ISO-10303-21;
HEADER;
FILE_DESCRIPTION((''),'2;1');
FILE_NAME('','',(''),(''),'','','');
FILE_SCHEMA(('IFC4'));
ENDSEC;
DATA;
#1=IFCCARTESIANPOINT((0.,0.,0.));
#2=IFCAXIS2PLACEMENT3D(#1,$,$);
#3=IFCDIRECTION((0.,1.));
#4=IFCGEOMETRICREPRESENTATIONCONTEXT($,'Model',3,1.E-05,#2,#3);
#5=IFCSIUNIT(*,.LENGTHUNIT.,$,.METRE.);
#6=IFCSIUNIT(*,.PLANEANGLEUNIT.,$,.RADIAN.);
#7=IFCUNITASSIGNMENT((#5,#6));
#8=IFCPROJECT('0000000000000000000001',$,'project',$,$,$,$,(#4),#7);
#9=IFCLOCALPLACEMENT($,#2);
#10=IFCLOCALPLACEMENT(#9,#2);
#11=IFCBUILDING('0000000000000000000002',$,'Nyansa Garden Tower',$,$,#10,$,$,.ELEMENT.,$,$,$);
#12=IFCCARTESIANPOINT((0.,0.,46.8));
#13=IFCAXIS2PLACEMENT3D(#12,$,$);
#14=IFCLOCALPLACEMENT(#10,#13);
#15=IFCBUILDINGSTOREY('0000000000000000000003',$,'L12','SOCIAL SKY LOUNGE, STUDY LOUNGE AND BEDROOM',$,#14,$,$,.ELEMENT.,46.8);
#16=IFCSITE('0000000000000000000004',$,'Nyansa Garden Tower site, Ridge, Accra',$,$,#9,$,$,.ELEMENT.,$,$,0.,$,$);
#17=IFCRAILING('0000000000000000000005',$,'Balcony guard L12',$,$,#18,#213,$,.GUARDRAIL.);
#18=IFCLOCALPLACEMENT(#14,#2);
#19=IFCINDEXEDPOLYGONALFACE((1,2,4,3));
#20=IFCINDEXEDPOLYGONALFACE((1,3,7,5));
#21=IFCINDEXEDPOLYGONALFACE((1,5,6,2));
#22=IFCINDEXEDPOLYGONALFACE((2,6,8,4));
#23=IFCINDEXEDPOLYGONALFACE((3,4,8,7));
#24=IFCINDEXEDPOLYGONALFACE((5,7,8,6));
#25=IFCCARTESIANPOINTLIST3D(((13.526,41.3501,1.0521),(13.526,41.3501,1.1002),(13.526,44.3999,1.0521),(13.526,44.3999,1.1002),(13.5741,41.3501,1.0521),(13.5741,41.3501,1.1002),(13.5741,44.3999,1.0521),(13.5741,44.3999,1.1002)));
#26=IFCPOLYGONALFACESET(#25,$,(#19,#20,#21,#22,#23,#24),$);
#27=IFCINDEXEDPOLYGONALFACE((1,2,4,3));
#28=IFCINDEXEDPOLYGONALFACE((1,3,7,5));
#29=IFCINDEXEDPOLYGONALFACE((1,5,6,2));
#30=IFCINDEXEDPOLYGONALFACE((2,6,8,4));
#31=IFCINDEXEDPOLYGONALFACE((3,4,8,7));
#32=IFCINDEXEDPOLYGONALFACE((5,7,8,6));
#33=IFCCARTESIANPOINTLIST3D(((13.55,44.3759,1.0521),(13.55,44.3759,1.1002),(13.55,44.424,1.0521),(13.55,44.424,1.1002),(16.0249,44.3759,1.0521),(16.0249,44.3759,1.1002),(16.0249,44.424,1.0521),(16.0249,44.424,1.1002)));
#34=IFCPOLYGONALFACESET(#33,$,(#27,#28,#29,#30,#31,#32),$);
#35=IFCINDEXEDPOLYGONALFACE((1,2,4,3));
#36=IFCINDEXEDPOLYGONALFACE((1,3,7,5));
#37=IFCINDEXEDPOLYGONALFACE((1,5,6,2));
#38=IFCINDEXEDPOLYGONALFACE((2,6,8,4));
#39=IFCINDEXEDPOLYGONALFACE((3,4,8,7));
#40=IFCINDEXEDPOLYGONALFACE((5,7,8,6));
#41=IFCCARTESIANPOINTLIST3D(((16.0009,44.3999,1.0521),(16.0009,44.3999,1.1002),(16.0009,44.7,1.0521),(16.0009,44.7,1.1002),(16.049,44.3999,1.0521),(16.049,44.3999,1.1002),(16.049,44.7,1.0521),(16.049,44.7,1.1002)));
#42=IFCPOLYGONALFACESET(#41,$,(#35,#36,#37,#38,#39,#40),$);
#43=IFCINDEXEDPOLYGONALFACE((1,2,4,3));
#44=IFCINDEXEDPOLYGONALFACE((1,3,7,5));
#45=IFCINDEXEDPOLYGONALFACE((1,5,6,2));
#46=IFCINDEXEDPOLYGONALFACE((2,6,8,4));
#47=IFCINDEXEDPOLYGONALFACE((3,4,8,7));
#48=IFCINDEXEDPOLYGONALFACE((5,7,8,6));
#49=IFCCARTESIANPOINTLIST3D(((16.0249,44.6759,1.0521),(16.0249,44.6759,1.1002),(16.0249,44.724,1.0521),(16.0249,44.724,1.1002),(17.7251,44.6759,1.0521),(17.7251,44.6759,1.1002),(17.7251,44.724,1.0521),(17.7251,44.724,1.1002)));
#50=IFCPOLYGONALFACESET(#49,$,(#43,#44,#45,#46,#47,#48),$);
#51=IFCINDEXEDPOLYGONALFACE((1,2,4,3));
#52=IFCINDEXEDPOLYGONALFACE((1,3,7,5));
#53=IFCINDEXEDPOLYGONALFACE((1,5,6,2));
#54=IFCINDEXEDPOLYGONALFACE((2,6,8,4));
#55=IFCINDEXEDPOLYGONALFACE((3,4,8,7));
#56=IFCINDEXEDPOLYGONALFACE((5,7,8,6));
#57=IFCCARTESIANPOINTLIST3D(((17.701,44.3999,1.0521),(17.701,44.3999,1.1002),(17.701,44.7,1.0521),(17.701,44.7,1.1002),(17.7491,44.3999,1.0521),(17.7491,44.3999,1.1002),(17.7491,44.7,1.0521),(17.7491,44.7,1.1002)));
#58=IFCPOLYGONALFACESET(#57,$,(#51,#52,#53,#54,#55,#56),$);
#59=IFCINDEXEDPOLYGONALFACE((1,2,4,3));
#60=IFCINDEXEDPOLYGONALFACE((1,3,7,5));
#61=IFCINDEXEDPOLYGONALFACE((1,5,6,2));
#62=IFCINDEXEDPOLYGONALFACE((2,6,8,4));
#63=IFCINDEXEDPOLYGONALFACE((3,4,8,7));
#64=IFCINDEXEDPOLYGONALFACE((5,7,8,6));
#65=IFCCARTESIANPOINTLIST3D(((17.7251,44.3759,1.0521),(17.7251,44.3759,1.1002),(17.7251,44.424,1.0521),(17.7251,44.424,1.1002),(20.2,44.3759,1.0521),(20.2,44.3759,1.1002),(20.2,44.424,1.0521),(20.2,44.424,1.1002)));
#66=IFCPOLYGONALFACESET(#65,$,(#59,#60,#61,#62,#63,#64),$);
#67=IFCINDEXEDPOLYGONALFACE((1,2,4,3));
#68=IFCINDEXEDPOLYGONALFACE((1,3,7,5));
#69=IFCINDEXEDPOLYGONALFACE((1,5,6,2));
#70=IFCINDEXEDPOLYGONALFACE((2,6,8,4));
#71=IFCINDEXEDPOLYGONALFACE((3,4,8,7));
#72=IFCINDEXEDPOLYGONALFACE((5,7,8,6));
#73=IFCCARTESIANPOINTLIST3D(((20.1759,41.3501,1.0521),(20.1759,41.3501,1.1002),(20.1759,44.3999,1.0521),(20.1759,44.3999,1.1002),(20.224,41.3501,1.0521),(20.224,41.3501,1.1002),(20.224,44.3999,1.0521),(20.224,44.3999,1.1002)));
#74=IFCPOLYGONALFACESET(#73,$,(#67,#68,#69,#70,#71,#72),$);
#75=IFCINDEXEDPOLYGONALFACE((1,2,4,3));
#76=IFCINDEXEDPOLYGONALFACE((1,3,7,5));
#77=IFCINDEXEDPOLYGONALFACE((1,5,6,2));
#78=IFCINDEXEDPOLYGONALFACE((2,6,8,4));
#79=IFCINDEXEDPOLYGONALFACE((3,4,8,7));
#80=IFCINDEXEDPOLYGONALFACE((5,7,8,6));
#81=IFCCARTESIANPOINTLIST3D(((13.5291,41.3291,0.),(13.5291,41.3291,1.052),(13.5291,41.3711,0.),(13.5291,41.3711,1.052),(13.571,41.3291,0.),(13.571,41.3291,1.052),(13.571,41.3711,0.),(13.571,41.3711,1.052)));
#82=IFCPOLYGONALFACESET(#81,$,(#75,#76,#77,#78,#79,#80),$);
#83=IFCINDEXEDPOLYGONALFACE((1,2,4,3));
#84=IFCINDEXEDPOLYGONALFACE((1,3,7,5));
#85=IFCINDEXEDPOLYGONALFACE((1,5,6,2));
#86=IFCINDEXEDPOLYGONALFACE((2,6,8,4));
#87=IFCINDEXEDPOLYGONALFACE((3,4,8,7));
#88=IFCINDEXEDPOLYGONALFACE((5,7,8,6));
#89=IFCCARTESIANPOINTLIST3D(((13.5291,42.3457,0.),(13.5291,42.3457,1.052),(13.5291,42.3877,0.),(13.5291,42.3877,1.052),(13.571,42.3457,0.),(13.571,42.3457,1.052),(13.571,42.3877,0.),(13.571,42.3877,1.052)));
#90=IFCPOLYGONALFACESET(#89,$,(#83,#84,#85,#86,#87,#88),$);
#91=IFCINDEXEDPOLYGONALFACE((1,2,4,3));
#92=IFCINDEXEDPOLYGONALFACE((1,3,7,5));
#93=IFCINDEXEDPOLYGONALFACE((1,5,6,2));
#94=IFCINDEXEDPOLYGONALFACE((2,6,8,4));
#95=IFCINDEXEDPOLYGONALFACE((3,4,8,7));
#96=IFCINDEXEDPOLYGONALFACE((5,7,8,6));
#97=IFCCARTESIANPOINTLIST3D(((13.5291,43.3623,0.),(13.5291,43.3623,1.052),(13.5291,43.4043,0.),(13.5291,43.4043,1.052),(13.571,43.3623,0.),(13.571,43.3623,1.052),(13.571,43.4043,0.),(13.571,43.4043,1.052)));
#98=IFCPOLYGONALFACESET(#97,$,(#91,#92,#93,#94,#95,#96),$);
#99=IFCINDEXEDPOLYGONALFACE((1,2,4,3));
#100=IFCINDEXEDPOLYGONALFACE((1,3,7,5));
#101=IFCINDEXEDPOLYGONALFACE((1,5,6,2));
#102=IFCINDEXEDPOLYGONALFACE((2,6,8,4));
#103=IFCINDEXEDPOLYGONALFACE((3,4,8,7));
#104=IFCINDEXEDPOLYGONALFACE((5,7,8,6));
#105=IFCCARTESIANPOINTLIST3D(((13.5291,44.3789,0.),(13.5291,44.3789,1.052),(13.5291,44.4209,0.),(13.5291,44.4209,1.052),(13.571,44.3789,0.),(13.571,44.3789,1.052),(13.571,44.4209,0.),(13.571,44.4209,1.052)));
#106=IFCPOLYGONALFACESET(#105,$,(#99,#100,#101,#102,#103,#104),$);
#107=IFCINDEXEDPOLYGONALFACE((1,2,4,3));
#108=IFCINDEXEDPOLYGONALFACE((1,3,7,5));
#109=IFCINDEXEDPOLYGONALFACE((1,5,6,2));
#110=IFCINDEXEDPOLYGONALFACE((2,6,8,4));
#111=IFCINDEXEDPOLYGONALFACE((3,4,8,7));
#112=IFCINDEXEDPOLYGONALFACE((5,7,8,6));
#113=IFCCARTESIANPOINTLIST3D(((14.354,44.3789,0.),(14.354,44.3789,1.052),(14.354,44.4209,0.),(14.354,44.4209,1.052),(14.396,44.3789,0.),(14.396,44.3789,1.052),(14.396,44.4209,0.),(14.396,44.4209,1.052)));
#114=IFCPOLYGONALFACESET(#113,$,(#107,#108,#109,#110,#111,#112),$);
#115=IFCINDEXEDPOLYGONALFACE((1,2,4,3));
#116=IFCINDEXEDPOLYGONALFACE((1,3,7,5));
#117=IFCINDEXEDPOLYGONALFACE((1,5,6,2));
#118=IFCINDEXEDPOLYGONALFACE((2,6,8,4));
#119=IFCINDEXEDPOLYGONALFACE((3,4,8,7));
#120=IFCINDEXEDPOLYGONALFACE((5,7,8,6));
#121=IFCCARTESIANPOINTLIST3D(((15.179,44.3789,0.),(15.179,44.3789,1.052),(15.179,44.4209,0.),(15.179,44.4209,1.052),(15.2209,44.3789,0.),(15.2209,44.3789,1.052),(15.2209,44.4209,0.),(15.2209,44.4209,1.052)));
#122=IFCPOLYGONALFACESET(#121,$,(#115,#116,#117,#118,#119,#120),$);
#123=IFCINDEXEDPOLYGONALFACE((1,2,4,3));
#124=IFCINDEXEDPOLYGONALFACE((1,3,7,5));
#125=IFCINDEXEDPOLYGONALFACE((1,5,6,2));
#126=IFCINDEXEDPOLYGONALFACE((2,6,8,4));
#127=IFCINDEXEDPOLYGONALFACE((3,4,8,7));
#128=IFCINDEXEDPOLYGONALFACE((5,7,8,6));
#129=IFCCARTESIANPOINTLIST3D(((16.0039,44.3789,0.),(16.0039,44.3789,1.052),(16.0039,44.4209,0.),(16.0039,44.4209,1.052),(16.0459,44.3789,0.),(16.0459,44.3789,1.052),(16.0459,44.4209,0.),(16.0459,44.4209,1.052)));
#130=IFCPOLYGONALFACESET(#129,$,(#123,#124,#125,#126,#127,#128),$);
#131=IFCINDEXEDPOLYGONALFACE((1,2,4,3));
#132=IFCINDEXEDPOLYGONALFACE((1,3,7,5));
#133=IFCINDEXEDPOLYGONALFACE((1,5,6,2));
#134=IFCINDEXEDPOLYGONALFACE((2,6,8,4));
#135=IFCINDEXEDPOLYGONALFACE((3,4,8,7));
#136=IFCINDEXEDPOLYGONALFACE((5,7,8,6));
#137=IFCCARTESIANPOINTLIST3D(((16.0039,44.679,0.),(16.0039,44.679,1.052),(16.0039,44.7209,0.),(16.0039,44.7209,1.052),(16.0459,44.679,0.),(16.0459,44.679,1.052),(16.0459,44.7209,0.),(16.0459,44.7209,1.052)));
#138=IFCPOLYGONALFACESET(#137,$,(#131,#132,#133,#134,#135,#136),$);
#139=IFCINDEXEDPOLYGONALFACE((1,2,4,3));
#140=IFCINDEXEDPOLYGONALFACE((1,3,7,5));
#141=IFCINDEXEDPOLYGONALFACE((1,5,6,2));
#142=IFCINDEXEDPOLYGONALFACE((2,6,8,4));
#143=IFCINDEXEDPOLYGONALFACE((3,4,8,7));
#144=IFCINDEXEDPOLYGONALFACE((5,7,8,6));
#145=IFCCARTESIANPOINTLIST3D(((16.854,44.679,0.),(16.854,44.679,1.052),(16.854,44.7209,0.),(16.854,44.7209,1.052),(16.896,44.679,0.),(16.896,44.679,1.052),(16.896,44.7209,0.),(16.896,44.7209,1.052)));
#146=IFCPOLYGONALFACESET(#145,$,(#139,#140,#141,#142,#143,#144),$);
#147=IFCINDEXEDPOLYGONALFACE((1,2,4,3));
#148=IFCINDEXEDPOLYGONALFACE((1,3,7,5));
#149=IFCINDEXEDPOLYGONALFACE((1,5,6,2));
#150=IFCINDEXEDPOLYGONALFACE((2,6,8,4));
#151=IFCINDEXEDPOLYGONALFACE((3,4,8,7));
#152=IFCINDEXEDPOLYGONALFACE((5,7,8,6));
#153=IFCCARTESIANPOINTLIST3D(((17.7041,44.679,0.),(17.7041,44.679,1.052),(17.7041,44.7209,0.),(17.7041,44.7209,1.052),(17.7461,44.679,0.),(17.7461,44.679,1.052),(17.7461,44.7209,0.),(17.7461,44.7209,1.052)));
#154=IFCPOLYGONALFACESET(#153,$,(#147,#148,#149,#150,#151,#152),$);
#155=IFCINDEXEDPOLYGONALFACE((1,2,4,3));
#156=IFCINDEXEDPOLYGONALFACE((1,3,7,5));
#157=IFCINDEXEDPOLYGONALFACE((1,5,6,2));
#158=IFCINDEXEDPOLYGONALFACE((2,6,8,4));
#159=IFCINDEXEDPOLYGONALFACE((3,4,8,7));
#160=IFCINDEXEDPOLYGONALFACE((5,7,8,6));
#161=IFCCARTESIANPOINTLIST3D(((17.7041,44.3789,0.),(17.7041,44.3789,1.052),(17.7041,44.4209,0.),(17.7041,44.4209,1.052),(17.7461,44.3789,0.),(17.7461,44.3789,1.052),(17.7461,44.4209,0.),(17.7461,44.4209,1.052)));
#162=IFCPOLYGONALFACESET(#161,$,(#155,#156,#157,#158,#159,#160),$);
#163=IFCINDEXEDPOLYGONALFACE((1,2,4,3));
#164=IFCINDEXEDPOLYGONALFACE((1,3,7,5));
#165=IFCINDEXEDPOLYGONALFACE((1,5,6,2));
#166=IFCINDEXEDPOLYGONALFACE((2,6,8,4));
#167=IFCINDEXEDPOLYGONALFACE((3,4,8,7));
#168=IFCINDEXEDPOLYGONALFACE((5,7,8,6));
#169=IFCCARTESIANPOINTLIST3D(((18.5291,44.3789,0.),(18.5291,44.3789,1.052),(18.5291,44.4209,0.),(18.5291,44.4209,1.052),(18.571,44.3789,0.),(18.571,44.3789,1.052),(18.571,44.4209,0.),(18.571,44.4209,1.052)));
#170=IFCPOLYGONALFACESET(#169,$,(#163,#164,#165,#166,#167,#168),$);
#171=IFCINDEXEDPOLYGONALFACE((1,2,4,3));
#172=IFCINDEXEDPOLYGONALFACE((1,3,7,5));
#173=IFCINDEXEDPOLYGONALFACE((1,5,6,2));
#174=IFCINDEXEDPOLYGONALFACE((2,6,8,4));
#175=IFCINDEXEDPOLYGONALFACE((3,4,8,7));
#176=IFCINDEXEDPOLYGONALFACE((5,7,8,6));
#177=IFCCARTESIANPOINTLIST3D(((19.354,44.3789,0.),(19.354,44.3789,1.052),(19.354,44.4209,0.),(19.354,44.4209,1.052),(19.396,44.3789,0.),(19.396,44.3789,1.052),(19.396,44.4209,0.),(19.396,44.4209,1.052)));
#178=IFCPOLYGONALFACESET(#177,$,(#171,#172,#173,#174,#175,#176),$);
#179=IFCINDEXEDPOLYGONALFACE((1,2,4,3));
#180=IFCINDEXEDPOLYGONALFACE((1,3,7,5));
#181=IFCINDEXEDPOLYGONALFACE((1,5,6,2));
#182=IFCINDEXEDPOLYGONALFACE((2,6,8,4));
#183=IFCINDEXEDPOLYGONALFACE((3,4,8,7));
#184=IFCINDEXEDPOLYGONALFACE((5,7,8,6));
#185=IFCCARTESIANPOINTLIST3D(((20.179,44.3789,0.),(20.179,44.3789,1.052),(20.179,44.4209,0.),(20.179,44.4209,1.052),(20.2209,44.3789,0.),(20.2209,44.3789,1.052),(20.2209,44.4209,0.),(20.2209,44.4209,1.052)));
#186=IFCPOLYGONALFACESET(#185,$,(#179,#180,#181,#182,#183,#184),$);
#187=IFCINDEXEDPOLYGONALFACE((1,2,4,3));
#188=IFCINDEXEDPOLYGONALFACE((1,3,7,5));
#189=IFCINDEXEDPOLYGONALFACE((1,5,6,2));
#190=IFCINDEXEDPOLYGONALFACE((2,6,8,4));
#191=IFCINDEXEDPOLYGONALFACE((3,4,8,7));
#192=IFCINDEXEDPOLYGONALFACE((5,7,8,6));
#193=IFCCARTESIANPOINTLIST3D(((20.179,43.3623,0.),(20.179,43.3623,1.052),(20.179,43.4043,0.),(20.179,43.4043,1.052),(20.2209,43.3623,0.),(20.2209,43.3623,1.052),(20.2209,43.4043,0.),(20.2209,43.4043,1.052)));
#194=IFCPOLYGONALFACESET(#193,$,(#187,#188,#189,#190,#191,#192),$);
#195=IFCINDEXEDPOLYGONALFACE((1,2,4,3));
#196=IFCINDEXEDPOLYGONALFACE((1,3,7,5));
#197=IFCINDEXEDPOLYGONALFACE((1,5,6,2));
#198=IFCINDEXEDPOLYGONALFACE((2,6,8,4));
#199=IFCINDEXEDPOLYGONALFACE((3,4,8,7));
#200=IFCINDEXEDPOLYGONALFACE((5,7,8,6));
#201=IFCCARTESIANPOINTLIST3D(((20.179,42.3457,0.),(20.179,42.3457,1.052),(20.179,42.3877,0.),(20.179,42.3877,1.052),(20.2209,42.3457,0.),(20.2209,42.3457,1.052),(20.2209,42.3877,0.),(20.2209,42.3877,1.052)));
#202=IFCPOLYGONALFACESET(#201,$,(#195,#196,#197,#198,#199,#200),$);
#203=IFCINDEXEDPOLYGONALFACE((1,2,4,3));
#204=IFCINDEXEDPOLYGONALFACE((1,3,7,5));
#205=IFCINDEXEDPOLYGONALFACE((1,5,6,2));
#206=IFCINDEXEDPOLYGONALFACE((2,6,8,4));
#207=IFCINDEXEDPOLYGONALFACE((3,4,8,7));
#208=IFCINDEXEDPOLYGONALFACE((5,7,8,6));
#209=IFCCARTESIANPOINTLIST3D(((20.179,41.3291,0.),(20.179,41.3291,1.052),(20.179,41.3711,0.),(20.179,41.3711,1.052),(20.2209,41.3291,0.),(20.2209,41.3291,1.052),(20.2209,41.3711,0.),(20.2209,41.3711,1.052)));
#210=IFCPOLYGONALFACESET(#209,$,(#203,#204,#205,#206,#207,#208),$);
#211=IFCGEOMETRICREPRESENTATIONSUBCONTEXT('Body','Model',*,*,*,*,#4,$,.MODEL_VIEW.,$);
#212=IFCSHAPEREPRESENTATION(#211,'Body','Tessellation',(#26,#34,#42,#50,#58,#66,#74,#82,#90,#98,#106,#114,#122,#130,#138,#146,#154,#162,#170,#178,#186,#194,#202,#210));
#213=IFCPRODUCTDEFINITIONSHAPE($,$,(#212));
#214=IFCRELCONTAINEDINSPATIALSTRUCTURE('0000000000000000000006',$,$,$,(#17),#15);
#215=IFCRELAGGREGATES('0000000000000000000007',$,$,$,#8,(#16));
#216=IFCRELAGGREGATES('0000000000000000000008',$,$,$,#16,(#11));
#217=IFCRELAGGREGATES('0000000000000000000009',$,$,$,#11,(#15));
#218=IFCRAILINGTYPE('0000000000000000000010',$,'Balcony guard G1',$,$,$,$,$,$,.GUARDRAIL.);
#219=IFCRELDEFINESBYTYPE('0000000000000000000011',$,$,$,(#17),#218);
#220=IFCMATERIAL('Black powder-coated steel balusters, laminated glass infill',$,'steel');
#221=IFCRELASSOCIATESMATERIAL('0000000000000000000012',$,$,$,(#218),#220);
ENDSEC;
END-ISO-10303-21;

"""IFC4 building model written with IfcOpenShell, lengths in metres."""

from ifc_helpers import new_model, si_unit, direction, frame, origin, origin_2d, place, context, subcontext, project, spatial, rectangle, extrude, material, type_object, element, save


model = new_model("IFC4")

# Units and contexts
model_context = context("Model", 3, precision=1e-05, world=origin(), true_north=direction((0.0, 1.0)))
body_context = subcontext(model_context, "Body", "Model", "MODEL_VIEW")
ifc_project = project(units=[si_unit("LENGTHUNIT", "METRE"), si_unit("PLANEANGLEUNIT", "RADIAN")], contexts=[model_context])

# Site, building, storey
site_placement = place(None, origin())
site = spatial("IfcSite", under=ifc_project, at=site_placement, Name="Nyansa Garden Tower site, Ridge, Accra", CompositionType="ELEMENT", RefElevation=0.0)
building_placement = place(site_placement, origin())
building = spatial("IfcBuilding", under=site, at=building_placement, Name="Nyansa Garden Tower", CompositionType="ELEMENT")
storey_placement = place(building_placement, frame((0.0, 0.0, 46.8)))
storey = spatial("IfcBuildingStorey", under=building, at=storey_placement, Name="L12", Description="SOCIAL SKY LOUNGE, STUDY LOUNGE AND BEDROOM", CompositionType="ELEMENT", Elevation=46.8)

# Railing
ifc_material_1 = material(Name="Black powder-coated steel balusters, laminated glass infill", Category="steel")
railing_type = type_object("IfcRailingType", Name="Balcony guard G1", PredefinedType="GUARDRAIL", material=ifc_material_1)
railing_placement = place(storey_placement, frame((13.55, 41.3501, 0.0)))
element("IfcRailing", 1, at=railing_placement, inside=storey, type_object=railing_type, Name="Balcony guard L12", PredefinedType="GUARDRAIL", context=body_context, shape_type="SweptSolid", body=[
    extrude(rectangle(XDim=0.0481, YDim=0.0481, at=origin_2d()), frame((0.0, 0.0, 1.0762), z_axis=(0.0, 1.0, 0.0), x_axis=(-1.0, 0.0, 0.0)), (0.0, 0.0, 1.0), 3.0498),
    extrude(rectangle(XDim=0.0481, YDim=0.0481, at=origin_2d()), frame((0.0, 3.0498, 1.0762), z_axis=(1.0, 0.0, 0.0), x_axis=(0.0, 1.0, 0.0)), (0.0, 0.0, 1.0), 2.4749),
    extrude(rectangle(XDim=0.0481, YDim=0.0481, at=origin_2d()), frame((2.4749, 3.0498, 1.0762), z_axis=(0.0, 1.0, 0.0), x_axis=(-1.0, 0.0, 0.0)), (0.0, 0.0, 1.0), 0.3),
    extrude(rectangle(XDim=0.0481, YDim=0.0481, at=origin_2d()), frame((2.4749, 3.3499, 1.0762), z_axis=(1.0, 0.0, 0.0), x_axis=(0.0, 1.0, 0.0)), (0.0, 0.0, 1.0), 1.7002),
    extrude(rectangle(XDim=0.0481, YDim=0.0481, at=origin_2d()), frame((4.175, 3.3499, 1.0762), z_axis=(0.0, -1.0, 0.0), x_axis=(1.0, 0.0, 0.0)), (0.0, 0.0, 1.0), 0.3),
    extrude(rectangle(XDim=0.0481, YDim=0.0481, at=origin_2d()), frame((4.175, 3.0498, 1.0762), z_axis=(1.0, 0.0, 0.0), x_axis=(0.0, 1.0, 0.0)), (0.0, 0.0, 1.0), 2.4749),
    extrude(rectangle(XDim=0.0481, YDim=0.0481, at=origin_2d()), frame((6.6499, 3.0498, 1.0762), z_axis=(0.0, -1.0, 0.0), x_axis=(1.0, 0.0, 0.0)), (0.0, 0.0, 1.0), 3.0498),
    extrude(rectangle(XDim=0.042, YDim=0.042, at=origin_2d()), origin(), (0.0, 0.0, 1.0), 1.052),
    extrude(rectangle(XDim=0.042, YDim=0.042, at=origin_2d()), frame((0.0, 1.0166, 0.0)), (0.0, 0.0, 1.0), 1.052),
    extrude(rectangle(XDim=0.042, YDim=0.042, at=origin_2d()), frame((0.0, 2.0332, 0.0)), (0.0, 0.0, 1.0), 1.052),
    extrude(rectangle(XDim=0.042, YDim=0.042, at=origin_2d()), frame((0.0, 3.0498, 0.0)), (0.0, 0.0, 1.0), 1.052),
    extrude(rectangle(XDim=0.042, YDim=0.042, at=origin_2d()), frame((0.825, 3.0498, 0.0)), (0.0, 0.0, 1.0), 1.052),
    extrude(rectangle(XDim=0.042, YDim=0.042, at=origin_2d()), frame((1.6499, 3.0498, 0.0)), (0.0, 0.0, 1.0), 1.052),
    extrude(rectangle(XDim=0.042, YDim=0.042, at=origin_2d()), frame((2.4749, 3.0498, 0.0)), (0.0, 0.0, 1.0), 1.052),
    extrude(rectangle(XDim=0.042, YDim=0.042, at=origin_2d()), frame((2.4749, 3.3499, 0.0)), (0.0, 0.0, 1.0), 1.052),
    extrude(rectangle(XDim=0.042, YDim=0.042, at=origin_2d()), frame((3.325, 3.3499, 0.0)), (0.0, 0.0, 1.0), 1.052),
    extrude(rectangle(XDim=0.042, YDim=0.042, at=origin_2d()), frame((4.175, 3.3499, 0.0)), (0.0, 0.0, 1.0), 1.052),
    extrude(rectangle(XDim=0.042, YDim=0.042, at=origin_2d()), frame((4.175, 3.0498, 0.0)), (0.0, 0.0, 1.0), 1.052),
    extrude(rectangle(XDim=0.042, YDim=0.042, at=origin_2d()), frame((5.0, 3.0498, 0.0)), (0.0, 0.0, 1.0), 1.052),
    extrude(rectangle(XDim=0.042, YDim=0.042, at=origin_2d()), frame((5.825, 3.0498, 0.0)), (0.0, 0.0, 1.0), 1.052),
    extrude(rectangle(XDim=0.042, YDim=0.042, at=origin_2d()), frame((6.6499, 3.0498, 0.0)), (0.0, 0.0, 1.0), 1.052),
    extrude(rectangle(XDim=0.042, YDim=0.042, at=origin_2d()), frame((6.6499, 2.0332, 0.0)), (0.0, 0.0, 1.0), 1.052),
    extrude(rectangle(XDim=0.042, YDim=0.042, at=origin_2d()), frame((6.6499, 1.0166, 0.0)), (0.0, 0.0, 1.0), 1.052),
    extrude(rectangle(XDim=0.042, YDim=0.042, at=origin_2d()), frame((6.6499, 0.0, 0.0)), (0.0, 0.0, 1.0), 1.052),
])

save(model, "model.ifc")
